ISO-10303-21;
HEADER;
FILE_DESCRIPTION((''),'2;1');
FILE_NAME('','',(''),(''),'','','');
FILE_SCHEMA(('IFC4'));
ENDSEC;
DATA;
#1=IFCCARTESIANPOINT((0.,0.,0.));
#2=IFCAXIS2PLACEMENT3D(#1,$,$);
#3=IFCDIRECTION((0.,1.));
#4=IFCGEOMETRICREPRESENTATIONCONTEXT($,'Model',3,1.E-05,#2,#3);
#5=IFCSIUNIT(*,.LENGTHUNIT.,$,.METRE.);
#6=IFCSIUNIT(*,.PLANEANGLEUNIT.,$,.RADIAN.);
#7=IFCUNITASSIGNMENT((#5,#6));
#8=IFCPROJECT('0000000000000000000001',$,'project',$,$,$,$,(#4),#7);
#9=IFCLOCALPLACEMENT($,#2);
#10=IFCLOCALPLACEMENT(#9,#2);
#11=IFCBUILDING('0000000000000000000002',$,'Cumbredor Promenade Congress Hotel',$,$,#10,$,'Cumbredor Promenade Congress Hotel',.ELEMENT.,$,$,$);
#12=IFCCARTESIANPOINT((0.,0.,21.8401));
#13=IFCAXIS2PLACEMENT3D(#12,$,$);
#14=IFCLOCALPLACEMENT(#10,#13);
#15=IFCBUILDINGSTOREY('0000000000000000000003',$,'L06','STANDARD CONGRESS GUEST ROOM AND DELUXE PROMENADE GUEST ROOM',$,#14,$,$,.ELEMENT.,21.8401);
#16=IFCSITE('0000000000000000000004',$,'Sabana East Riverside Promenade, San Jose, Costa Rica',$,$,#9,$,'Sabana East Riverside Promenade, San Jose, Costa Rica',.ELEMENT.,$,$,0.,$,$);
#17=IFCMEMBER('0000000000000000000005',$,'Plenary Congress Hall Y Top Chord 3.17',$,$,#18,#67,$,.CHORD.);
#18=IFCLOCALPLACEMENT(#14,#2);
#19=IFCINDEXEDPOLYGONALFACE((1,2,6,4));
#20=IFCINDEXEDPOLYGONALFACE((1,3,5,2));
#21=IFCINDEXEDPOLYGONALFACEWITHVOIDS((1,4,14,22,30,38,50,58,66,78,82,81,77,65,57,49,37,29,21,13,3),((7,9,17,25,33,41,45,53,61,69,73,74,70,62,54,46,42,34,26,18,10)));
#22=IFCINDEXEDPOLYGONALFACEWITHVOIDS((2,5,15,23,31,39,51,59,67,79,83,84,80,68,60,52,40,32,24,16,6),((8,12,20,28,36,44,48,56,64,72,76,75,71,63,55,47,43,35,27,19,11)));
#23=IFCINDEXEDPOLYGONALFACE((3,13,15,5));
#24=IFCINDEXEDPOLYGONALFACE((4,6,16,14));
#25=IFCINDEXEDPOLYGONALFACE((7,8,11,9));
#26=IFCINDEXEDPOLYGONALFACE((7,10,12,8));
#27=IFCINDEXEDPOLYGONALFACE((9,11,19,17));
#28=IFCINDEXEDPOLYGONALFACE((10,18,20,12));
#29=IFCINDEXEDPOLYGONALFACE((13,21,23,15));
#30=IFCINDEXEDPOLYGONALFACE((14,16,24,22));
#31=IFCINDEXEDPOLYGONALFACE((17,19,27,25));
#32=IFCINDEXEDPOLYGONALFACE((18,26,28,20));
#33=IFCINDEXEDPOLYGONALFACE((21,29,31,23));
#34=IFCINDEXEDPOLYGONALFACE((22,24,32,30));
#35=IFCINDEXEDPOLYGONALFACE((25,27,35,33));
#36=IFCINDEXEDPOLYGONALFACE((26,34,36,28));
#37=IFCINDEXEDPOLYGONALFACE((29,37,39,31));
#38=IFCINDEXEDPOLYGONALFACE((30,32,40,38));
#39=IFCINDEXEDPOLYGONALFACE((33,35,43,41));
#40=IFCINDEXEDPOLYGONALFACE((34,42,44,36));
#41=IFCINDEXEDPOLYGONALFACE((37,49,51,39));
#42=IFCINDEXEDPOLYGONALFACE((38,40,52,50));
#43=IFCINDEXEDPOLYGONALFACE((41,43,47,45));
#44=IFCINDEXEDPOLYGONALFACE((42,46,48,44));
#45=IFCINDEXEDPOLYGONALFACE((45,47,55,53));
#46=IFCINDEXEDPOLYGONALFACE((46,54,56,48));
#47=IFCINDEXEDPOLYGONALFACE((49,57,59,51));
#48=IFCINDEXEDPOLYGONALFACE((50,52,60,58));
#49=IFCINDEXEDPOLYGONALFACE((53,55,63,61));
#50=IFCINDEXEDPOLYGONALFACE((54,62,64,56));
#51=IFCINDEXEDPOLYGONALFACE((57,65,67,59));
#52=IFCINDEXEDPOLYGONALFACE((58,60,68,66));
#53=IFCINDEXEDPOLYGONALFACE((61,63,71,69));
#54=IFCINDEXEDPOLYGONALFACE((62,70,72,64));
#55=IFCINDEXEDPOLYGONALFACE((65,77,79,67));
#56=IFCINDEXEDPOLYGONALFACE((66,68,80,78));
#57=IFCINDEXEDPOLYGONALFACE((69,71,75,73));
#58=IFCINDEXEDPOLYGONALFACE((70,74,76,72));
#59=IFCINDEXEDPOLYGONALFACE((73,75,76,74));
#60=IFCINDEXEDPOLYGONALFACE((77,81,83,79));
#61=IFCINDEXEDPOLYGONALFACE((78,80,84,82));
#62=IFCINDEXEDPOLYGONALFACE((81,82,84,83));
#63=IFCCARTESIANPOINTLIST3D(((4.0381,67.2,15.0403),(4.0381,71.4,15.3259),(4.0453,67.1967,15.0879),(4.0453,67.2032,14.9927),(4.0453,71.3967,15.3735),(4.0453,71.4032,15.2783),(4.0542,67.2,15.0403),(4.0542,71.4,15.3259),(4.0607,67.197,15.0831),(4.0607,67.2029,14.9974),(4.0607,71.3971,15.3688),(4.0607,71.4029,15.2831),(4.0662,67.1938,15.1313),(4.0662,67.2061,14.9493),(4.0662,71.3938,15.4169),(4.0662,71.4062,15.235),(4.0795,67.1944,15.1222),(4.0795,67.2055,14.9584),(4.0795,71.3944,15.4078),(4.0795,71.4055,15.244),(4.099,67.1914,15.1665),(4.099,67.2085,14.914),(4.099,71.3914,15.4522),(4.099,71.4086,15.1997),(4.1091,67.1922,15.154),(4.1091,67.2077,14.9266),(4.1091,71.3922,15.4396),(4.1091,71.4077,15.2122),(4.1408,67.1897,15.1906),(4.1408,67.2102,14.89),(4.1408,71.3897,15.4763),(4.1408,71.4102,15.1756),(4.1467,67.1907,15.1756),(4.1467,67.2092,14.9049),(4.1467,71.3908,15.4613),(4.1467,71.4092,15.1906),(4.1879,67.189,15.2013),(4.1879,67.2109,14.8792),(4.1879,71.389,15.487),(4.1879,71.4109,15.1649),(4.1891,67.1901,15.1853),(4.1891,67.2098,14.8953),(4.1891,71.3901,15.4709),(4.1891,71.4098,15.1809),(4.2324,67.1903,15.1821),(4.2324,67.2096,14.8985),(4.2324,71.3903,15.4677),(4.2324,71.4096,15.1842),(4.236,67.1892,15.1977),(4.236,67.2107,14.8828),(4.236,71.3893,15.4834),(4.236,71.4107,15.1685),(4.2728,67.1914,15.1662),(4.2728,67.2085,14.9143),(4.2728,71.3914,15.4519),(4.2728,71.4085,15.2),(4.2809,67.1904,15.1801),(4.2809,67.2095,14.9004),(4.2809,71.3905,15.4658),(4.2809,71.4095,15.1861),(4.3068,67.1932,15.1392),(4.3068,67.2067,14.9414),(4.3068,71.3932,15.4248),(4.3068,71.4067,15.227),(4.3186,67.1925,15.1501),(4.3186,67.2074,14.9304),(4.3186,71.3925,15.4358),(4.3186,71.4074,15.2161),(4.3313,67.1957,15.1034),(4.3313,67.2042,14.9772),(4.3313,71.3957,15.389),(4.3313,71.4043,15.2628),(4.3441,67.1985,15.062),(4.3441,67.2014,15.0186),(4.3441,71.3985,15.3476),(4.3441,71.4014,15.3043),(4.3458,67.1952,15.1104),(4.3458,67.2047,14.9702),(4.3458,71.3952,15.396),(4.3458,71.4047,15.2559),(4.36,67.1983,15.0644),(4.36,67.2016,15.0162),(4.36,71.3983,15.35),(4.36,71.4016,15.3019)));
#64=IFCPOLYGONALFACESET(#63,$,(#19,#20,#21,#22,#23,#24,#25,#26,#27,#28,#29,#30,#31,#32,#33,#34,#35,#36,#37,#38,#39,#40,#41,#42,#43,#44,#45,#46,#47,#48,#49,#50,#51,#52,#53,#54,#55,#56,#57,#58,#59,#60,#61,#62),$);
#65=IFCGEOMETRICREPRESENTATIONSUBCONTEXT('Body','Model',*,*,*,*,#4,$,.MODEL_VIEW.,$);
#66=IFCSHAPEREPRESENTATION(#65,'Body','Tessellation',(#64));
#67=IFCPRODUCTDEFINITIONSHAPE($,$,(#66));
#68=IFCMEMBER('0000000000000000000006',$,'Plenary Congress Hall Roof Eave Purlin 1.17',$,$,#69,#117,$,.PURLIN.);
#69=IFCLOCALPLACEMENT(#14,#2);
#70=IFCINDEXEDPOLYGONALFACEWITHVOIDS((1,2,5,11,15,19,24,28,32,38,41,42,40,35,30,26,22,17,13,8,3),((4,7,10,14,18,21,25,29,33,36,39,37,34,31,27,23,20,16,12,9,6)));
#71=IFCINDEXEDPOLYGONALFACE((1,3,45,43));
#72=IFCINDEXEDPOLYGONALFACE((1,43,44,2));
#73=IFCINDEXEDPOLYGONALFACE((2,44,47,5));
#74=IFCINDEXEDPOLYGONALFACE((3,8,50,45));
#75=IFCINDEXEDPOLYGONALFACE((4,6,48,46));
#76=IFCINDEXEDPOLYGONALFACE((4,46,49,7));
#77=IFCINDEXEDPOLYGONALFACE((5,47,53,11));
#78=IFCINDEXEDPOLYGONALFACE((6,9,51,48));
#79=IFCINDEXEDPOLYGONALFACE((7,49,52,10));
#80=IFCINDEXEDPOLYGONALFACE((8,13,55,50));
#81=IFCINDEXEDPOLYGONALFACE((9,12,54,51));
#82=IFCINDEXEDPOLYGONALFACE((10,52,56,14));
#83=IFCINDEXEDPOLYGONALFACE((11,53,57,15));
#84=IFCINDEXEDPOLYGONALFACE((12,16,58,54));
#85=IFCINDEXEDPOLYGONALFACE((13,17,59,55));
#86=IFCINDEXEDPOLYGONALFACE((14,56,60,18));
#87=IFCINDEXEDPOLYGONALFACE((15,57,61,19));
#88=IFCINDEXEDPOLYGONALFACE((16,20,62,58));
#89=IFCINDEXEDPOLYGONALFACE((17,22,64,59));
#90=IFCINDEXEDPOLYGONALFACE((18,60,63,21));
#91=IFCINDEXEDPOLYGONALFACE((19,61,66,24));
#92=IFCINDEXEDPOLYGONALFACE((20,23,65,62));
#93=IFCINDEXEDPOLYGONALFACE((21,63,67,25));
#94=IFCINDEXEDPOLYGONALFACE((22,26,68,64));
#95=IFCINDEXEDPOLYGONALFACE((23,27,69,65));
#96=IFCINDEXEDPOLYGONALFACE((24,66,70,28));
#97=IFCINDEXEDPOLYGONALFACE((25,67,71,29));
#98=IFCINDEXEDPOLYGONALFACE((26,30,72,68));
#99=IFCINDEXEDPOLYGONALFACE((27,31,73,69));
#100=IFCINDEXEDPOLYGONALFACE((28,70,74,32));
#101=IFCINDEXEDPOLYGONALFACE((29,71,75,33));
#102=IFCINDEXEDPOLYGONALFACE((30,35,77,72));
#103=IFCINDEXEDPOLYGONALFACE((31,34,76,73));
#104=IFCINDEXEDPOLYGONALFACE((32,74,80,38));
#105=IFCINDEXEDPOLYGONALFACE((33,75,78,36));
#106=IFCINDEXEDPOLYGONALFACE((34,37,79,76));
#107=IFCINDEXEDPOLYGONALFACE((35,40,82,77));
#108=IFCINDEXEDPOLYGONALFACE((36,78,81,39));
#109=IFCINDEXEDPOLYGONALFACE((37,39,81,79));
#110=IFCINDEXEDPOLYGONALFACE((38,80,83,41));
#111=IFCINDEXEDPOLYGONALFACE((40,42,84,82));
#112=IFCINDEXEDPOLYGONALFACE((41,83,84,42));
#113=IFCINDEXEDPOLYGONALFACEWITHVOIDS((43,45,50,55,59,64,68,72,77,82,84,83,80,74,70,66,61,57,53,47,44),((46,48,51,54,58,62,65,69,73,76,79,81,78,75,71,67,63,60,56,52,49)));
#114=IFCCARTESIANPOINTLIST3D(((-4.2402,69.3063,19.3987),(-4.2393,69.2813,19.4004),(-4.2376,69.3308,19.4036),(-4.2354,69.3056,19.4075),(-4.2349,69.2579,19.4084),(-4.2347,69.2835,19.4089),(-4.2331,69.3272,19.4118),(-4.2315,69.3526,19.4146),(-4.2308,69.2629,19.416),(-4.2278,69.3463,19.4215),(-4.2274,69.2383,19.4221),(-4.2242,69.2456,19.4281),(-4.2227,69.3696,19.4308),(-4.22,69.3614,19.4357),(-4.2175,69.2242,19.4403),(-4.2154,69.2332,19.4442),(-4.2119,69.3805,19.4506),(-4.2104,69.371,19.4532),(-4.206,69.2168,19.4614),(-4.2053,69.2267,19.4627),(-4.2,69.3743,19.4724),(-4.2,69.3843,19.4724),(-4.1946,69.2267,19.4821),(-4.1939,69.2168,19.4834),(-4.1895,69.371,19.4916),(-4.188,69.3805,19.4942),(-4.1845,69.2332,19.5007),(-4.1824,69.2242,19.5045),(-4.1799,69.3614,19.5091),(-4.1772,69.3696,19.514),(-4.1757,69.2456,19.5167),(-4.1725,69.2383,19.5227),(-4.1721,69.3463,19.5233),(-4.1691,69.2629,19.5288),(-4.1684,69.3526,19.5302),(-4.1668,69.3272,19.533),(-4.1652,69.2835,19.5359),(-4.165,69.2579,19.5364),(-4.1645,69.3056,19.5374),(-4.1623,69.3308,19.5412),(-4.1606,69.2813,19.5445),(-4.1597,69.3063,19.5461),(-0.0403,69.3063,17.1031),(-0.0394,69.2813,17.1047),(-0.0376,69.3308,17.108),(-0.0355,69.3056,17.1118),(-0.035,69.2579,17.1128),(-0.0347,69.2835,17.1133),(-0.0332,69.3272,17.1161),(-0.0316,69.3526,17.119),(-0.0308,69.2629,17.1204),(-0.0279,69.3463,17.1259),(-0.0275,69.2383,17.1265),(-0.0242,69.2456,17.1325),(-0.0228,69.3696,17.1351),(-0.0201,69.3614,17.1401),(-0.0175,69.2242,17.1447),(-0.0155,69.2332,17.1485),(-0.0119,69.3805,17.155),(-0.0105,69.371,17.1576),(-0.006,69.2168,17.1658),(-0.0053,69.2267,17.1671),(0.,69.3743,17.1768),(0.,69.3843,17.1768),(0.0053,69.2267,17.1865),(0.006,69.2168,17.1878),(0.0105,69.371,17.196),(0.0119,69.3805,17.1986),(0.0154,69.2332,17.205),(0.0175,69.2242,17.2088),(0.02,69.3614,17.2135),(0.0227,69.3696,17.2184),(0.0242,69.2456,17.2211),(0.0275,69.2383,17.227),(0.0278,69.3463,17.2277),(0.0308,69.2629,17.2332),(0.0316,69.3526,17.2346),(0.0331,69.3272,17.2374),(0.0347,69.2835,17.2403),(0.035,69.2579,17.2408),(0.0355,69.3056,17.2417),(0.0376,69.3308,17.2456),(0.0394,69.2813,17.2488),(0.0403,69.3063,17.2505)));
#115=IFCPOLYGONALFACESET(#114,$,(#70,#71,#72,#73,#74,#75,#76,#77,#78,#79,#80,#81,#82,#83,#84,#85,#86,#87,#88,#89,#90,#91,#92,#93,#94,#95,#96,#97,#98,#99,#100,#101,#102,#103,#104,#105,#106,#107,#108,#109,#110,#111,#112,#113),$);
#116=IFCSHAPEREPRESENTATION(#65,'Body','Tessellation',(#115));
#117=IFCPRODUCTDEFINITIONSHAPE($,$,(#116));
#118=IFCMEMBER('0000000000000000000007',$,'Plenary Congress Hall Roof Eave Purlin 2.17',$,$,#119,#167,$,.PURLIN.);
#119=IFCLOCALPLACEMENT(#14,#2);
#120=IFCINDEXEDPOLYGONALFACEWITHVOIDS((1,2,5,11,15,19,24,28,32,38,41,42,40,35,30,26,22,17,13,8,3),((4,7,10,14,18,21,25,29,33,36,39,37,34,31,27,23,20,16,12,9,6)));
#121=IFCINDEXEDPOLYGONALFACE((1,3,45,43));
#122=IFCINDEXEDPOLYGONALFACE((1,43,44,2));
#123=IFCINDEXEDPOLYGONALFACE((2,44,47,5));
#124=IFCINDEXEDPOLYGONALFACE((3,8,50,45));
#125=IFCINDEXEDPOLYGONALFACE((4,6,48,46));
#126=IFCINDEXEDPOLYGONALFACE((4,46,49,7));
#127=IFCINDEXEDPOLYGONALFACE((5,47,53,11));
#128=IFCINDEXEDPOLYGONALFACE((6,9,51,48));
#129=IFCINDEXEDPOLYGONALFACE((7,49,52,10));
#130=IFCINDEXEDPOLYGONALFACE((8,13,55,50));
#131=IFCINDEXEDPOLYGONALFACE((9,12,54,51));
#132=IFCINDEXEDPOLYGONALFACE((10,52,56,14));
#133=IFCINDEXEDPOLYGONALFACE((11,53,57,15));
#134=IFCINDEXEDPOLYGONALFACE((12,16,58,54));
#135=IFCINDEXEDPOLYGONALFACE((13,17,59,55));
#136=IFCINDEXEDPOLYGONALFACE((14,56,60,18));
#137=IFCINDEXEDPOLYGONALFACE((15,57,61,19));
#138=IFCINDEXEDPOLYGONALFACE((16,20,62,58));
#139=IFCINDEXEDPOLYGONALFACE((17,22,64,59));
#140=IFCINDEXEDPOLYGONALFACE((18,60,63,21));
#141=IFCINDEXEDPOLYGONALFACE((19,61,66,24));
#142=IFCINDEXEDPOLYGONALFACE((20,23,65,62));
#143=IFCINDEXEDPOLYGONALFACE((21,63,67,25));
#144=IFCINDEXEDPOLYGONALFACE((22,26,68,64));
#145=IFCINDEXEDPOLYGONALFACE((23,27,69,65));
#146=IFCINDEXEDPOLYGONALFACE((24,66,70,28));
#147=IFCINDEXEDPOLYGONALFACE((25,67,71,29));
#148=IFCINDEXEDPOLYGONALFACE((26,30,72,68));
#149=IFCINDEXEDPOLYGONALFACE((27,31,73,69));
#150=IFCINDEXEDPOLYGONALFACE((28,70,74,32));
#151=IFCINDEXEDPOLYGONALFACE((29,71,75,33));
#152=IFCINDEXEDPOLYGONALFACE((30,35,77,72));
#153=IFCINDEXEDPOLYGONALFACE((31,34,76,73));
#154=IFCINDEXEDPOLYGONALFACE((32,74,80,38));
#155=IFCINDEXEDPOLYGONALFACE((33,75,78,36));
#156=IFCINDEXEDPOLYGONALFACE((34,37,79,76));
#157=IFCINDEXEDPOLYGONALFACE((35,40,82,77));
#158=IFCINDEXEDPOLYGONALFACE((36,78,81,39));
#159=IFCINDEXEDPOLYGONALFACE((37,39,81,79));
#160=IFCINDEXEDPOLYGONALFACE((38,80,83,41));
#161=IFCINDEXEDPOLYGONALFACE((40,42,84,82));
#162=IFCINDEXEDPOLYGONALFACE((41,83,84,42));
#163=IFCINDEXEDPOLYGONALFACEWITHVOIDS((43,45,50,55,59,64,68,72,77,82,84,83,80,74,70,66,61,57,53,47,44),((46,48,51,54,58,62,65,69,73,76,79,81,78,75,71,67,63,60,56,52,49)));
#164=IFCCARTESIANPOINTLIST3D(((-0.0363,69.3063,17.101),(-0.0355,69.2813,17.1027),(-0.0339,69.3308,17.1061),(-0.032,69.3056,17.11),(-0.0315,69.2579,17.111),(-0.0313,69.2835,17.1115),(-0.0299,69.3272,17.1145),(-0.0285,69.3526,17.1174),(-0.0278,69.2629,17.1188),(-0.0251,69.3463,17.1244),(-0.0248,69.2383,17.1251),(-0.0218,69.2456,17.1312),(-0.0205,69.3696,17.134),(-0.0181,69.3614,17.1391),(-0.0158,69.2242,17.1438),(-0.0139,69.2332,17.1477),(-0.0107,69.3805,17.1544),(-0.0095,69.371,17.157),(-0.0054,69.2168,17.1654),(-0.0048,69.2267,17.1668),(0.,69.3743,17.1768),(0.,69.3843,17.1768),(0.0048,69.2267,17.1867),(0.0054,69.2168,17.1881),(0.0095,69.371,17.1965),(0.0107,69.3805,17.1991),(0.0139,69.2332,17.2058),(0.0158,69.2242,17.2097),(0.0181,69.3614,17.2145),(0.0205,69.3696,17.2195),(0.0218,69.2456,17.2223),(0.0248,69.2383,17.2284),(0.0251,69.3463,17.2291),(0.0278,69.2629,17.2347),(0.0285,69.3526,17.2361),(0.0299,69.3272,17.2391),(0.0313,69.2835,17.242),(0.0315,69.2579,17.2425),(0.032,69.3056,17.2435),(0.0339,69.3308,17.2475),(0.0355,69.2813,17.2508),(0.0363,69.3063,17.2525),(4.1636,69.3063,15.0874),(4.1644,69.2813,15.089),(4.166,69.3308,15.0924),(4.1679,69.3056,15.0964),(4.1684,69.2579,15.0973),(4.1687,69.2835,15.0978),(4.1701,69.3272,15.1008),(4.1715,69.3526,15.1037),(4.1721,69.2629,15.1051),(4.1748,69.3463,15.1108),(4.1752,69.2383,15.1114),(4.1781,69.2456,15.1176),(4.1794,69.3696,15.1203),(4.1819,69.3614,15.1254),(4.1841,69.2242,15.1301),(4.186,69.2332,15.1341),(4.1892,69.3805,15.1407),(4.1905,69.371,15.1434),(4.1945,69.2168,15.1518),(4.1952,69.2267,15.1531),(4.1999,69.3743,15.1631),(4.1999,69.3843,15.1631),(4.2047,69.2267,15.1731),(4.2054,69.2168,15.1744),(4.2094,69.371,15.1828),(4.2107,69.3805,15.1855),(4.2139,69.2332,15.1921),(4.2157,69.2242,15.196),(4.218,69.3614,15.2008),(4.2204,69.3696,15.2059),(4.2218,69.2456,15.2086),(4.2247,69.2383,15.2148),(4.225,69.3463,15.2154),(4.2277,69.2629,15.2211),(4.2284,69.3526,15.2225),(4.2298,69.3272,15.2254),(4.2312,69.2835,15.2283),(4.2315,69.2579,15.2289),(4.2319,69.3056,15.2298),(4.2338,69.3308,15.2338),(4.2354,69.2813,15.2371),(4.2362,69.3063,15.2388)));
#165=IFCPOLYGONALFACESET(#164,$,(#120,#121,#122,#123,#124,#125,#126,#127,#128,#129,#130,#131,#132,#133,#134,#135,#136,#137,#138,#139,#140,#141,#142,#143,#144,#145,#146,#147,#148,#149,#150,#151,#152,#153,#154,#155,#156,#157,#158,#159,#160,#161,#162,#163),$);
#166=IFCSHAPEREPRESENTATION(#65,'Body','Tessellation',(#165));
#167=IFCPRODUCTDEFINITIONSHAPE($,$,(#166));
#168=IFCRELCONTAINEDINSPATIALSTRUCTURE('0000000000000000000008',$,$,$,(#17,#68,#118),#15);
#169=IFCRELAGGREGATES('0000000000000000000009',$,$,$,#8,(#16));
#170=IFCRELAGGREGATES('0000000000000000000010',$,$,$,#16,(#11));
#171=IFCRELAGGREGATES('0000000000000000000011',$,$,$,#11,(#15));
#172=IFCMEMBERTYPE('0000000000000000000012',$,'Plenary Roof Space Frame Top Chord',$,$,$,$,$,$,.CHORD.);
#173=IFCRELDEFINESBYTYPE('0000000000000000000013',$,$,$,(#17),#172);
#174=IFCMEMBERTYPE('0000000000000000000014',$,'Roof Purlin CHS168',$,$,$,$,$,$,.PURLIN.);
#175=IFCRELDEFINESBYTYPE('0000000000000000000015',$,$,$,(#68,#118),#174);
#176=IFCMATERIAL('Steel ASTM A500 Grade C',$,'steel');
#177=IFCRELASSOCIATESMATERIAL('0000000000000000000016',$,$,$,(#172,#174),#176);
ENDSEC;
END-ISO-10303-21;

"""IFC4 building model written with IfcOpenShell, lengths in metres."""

from ifc_helpers import new_model, si_unit, direction, frame, origin, origin_2d, place, context, subcontext, project, spatial, hollow_circle, extrude, material, material_profile, profile_set, type_object, element, save


model = new_model("IFC4")

# Units and contexts
model_context = context("Model", 3, precision=1e-05, world=origin(), true_north=direction((0.0, 1.0)))
body_context = subcontext(model_context, "Body", "Model", "MODEL_VIEW")
ifc_project = project(units=[si_unit("LENGTHUNIT", "METRE"), si_unit("PLANEANGLEUNIT", "RADIAN")], contexts=[model_context])

# Site, building, storey
site_placement = place(None, origin())
site = spatial("IfcSite", under=ifc_project, at=site_placement, Name="Sabana East Riverside Promenade, San Jose, Costa Rica", LongName="Sabana East Riverside Promenade, San Jose, Costa Rica", CompositionType="ELEMENT", RefElevation=0.0)
building_placement = place(site_placement, origin())
building = spatial("IfcBuilding", under=site, at=building_placement, Name="Cumbredor Promenade Congress Hotel", LongName="Cumbredor Promenade Congress Hotel", CompositionType="ELEMENT")
storey_placement = place(building_placement, frame((0.0, 0.0, 21.8401)))
storey = spatial("IfcBuildingStorey", under=building, at=storey_placement, Name="L06", Description="STANDARD CONGRESS GUEST ROOM AND DELUXE PROMENADE GUEST ROOM", CompositionType="ELEMENT", Elevation=21.8401)

# Members
ifc_material_1 = material(Name="Steel ASTM A500 Grade C", Category="steel")
ifc_material_profile_1 = material_profile(ifc_material_1, hollow_circle(Radius=0.1619, WallThickness=0.0161, at=origin_2d()), Name="CHS 323.9x16")
ifc_profile_set_1 = profile_set([ifc_material_profile_1], Name="Steel ASTM A500 Grade C")
member_type_1 = type_object("IfcMemberType", Name="Plenary Roof Space Frame Top Chord", PredefinedType="CHORD", material=ifc_profile_set_1)
member_1_placement = place(storey_placement, frame((4.2, 67.2, 15.0403), z_axis=(0.0, 0.997695, 0.067855), x_axis=(-1.0, 0.0, 0.0)))
element("IfcMember", 1, at=member_1_placement, inside=storey, type_object=member_type_1, Name="Plenary Congress Hall Y Top Chord 3.17", PredefinedType="CHORD", context=body_context, shape_type="SweptSolid", body=[
    extrude(hollow_circle(Radius=0.1619, WallThickness=0.0161, at=origin_2d()), origin(), (0.0, 0.0, 1.0), 4.2097),
])
ifc_material_profile_2 = material_profile(ifc_material_1, hollow_circle(Radius=0.0842, WallThickness=0.01, at=origin_2d()), Name="CHS 168.3x10")
ifc_profile_set_2 = profile_set([ifc_material_profile_2], Name="Steel ASTM A500 Grade C")
member_type_2 = type_object("IfcMemberType", Name="Roof Purlin CHS168", PredefinedType="PURLIN", material=ifc_profile_set_2)
member_2_placement = place(storey_placement, frame((-4.2, 69.3, 19.4724), z_axis=(0.877476, 0.0, -0.47962), x_axis=(0.0, 1.0, 0.0)))
element("IfcMember", 2, at=member_2_placement, inside=storey, type_object=member_type_2, Name="Plenary Congress Hall Roof Eave Purlin 1.17", PredefinedType="PURLIN", context=body_context, shape_type="SweptSolid", body=[
    extrude(hollow_circle(Radius=0.0842, WallThickness=0.01, at=origin_2d()), origin(), (0.0, 0.0, 1.0), 4.7864),
])
member_3_placement = place(storey_placement, frame((0.0, 69.3, 17.1768), z_axis=(0.901716, 0.0, -0.432329), x_axis=(0.0, 1.0, 0.0)))
element("IfcMember", 3, at=member_3_placement, inside=storey, type_object=member_type_2, Name="Plenary Congress Hall Roof Eave Purlin 2.17", PredefinedType="PURLIN", context=body_context, shape_type="SweptSolid", body=[
    extrude(hollow_circle(Radius=0.0842, WallThickness=0.01, at=origin_2d()), origin(), (0.0, 0.0, 1.0), 4.6577),
])

save(model, "model.ifc")
